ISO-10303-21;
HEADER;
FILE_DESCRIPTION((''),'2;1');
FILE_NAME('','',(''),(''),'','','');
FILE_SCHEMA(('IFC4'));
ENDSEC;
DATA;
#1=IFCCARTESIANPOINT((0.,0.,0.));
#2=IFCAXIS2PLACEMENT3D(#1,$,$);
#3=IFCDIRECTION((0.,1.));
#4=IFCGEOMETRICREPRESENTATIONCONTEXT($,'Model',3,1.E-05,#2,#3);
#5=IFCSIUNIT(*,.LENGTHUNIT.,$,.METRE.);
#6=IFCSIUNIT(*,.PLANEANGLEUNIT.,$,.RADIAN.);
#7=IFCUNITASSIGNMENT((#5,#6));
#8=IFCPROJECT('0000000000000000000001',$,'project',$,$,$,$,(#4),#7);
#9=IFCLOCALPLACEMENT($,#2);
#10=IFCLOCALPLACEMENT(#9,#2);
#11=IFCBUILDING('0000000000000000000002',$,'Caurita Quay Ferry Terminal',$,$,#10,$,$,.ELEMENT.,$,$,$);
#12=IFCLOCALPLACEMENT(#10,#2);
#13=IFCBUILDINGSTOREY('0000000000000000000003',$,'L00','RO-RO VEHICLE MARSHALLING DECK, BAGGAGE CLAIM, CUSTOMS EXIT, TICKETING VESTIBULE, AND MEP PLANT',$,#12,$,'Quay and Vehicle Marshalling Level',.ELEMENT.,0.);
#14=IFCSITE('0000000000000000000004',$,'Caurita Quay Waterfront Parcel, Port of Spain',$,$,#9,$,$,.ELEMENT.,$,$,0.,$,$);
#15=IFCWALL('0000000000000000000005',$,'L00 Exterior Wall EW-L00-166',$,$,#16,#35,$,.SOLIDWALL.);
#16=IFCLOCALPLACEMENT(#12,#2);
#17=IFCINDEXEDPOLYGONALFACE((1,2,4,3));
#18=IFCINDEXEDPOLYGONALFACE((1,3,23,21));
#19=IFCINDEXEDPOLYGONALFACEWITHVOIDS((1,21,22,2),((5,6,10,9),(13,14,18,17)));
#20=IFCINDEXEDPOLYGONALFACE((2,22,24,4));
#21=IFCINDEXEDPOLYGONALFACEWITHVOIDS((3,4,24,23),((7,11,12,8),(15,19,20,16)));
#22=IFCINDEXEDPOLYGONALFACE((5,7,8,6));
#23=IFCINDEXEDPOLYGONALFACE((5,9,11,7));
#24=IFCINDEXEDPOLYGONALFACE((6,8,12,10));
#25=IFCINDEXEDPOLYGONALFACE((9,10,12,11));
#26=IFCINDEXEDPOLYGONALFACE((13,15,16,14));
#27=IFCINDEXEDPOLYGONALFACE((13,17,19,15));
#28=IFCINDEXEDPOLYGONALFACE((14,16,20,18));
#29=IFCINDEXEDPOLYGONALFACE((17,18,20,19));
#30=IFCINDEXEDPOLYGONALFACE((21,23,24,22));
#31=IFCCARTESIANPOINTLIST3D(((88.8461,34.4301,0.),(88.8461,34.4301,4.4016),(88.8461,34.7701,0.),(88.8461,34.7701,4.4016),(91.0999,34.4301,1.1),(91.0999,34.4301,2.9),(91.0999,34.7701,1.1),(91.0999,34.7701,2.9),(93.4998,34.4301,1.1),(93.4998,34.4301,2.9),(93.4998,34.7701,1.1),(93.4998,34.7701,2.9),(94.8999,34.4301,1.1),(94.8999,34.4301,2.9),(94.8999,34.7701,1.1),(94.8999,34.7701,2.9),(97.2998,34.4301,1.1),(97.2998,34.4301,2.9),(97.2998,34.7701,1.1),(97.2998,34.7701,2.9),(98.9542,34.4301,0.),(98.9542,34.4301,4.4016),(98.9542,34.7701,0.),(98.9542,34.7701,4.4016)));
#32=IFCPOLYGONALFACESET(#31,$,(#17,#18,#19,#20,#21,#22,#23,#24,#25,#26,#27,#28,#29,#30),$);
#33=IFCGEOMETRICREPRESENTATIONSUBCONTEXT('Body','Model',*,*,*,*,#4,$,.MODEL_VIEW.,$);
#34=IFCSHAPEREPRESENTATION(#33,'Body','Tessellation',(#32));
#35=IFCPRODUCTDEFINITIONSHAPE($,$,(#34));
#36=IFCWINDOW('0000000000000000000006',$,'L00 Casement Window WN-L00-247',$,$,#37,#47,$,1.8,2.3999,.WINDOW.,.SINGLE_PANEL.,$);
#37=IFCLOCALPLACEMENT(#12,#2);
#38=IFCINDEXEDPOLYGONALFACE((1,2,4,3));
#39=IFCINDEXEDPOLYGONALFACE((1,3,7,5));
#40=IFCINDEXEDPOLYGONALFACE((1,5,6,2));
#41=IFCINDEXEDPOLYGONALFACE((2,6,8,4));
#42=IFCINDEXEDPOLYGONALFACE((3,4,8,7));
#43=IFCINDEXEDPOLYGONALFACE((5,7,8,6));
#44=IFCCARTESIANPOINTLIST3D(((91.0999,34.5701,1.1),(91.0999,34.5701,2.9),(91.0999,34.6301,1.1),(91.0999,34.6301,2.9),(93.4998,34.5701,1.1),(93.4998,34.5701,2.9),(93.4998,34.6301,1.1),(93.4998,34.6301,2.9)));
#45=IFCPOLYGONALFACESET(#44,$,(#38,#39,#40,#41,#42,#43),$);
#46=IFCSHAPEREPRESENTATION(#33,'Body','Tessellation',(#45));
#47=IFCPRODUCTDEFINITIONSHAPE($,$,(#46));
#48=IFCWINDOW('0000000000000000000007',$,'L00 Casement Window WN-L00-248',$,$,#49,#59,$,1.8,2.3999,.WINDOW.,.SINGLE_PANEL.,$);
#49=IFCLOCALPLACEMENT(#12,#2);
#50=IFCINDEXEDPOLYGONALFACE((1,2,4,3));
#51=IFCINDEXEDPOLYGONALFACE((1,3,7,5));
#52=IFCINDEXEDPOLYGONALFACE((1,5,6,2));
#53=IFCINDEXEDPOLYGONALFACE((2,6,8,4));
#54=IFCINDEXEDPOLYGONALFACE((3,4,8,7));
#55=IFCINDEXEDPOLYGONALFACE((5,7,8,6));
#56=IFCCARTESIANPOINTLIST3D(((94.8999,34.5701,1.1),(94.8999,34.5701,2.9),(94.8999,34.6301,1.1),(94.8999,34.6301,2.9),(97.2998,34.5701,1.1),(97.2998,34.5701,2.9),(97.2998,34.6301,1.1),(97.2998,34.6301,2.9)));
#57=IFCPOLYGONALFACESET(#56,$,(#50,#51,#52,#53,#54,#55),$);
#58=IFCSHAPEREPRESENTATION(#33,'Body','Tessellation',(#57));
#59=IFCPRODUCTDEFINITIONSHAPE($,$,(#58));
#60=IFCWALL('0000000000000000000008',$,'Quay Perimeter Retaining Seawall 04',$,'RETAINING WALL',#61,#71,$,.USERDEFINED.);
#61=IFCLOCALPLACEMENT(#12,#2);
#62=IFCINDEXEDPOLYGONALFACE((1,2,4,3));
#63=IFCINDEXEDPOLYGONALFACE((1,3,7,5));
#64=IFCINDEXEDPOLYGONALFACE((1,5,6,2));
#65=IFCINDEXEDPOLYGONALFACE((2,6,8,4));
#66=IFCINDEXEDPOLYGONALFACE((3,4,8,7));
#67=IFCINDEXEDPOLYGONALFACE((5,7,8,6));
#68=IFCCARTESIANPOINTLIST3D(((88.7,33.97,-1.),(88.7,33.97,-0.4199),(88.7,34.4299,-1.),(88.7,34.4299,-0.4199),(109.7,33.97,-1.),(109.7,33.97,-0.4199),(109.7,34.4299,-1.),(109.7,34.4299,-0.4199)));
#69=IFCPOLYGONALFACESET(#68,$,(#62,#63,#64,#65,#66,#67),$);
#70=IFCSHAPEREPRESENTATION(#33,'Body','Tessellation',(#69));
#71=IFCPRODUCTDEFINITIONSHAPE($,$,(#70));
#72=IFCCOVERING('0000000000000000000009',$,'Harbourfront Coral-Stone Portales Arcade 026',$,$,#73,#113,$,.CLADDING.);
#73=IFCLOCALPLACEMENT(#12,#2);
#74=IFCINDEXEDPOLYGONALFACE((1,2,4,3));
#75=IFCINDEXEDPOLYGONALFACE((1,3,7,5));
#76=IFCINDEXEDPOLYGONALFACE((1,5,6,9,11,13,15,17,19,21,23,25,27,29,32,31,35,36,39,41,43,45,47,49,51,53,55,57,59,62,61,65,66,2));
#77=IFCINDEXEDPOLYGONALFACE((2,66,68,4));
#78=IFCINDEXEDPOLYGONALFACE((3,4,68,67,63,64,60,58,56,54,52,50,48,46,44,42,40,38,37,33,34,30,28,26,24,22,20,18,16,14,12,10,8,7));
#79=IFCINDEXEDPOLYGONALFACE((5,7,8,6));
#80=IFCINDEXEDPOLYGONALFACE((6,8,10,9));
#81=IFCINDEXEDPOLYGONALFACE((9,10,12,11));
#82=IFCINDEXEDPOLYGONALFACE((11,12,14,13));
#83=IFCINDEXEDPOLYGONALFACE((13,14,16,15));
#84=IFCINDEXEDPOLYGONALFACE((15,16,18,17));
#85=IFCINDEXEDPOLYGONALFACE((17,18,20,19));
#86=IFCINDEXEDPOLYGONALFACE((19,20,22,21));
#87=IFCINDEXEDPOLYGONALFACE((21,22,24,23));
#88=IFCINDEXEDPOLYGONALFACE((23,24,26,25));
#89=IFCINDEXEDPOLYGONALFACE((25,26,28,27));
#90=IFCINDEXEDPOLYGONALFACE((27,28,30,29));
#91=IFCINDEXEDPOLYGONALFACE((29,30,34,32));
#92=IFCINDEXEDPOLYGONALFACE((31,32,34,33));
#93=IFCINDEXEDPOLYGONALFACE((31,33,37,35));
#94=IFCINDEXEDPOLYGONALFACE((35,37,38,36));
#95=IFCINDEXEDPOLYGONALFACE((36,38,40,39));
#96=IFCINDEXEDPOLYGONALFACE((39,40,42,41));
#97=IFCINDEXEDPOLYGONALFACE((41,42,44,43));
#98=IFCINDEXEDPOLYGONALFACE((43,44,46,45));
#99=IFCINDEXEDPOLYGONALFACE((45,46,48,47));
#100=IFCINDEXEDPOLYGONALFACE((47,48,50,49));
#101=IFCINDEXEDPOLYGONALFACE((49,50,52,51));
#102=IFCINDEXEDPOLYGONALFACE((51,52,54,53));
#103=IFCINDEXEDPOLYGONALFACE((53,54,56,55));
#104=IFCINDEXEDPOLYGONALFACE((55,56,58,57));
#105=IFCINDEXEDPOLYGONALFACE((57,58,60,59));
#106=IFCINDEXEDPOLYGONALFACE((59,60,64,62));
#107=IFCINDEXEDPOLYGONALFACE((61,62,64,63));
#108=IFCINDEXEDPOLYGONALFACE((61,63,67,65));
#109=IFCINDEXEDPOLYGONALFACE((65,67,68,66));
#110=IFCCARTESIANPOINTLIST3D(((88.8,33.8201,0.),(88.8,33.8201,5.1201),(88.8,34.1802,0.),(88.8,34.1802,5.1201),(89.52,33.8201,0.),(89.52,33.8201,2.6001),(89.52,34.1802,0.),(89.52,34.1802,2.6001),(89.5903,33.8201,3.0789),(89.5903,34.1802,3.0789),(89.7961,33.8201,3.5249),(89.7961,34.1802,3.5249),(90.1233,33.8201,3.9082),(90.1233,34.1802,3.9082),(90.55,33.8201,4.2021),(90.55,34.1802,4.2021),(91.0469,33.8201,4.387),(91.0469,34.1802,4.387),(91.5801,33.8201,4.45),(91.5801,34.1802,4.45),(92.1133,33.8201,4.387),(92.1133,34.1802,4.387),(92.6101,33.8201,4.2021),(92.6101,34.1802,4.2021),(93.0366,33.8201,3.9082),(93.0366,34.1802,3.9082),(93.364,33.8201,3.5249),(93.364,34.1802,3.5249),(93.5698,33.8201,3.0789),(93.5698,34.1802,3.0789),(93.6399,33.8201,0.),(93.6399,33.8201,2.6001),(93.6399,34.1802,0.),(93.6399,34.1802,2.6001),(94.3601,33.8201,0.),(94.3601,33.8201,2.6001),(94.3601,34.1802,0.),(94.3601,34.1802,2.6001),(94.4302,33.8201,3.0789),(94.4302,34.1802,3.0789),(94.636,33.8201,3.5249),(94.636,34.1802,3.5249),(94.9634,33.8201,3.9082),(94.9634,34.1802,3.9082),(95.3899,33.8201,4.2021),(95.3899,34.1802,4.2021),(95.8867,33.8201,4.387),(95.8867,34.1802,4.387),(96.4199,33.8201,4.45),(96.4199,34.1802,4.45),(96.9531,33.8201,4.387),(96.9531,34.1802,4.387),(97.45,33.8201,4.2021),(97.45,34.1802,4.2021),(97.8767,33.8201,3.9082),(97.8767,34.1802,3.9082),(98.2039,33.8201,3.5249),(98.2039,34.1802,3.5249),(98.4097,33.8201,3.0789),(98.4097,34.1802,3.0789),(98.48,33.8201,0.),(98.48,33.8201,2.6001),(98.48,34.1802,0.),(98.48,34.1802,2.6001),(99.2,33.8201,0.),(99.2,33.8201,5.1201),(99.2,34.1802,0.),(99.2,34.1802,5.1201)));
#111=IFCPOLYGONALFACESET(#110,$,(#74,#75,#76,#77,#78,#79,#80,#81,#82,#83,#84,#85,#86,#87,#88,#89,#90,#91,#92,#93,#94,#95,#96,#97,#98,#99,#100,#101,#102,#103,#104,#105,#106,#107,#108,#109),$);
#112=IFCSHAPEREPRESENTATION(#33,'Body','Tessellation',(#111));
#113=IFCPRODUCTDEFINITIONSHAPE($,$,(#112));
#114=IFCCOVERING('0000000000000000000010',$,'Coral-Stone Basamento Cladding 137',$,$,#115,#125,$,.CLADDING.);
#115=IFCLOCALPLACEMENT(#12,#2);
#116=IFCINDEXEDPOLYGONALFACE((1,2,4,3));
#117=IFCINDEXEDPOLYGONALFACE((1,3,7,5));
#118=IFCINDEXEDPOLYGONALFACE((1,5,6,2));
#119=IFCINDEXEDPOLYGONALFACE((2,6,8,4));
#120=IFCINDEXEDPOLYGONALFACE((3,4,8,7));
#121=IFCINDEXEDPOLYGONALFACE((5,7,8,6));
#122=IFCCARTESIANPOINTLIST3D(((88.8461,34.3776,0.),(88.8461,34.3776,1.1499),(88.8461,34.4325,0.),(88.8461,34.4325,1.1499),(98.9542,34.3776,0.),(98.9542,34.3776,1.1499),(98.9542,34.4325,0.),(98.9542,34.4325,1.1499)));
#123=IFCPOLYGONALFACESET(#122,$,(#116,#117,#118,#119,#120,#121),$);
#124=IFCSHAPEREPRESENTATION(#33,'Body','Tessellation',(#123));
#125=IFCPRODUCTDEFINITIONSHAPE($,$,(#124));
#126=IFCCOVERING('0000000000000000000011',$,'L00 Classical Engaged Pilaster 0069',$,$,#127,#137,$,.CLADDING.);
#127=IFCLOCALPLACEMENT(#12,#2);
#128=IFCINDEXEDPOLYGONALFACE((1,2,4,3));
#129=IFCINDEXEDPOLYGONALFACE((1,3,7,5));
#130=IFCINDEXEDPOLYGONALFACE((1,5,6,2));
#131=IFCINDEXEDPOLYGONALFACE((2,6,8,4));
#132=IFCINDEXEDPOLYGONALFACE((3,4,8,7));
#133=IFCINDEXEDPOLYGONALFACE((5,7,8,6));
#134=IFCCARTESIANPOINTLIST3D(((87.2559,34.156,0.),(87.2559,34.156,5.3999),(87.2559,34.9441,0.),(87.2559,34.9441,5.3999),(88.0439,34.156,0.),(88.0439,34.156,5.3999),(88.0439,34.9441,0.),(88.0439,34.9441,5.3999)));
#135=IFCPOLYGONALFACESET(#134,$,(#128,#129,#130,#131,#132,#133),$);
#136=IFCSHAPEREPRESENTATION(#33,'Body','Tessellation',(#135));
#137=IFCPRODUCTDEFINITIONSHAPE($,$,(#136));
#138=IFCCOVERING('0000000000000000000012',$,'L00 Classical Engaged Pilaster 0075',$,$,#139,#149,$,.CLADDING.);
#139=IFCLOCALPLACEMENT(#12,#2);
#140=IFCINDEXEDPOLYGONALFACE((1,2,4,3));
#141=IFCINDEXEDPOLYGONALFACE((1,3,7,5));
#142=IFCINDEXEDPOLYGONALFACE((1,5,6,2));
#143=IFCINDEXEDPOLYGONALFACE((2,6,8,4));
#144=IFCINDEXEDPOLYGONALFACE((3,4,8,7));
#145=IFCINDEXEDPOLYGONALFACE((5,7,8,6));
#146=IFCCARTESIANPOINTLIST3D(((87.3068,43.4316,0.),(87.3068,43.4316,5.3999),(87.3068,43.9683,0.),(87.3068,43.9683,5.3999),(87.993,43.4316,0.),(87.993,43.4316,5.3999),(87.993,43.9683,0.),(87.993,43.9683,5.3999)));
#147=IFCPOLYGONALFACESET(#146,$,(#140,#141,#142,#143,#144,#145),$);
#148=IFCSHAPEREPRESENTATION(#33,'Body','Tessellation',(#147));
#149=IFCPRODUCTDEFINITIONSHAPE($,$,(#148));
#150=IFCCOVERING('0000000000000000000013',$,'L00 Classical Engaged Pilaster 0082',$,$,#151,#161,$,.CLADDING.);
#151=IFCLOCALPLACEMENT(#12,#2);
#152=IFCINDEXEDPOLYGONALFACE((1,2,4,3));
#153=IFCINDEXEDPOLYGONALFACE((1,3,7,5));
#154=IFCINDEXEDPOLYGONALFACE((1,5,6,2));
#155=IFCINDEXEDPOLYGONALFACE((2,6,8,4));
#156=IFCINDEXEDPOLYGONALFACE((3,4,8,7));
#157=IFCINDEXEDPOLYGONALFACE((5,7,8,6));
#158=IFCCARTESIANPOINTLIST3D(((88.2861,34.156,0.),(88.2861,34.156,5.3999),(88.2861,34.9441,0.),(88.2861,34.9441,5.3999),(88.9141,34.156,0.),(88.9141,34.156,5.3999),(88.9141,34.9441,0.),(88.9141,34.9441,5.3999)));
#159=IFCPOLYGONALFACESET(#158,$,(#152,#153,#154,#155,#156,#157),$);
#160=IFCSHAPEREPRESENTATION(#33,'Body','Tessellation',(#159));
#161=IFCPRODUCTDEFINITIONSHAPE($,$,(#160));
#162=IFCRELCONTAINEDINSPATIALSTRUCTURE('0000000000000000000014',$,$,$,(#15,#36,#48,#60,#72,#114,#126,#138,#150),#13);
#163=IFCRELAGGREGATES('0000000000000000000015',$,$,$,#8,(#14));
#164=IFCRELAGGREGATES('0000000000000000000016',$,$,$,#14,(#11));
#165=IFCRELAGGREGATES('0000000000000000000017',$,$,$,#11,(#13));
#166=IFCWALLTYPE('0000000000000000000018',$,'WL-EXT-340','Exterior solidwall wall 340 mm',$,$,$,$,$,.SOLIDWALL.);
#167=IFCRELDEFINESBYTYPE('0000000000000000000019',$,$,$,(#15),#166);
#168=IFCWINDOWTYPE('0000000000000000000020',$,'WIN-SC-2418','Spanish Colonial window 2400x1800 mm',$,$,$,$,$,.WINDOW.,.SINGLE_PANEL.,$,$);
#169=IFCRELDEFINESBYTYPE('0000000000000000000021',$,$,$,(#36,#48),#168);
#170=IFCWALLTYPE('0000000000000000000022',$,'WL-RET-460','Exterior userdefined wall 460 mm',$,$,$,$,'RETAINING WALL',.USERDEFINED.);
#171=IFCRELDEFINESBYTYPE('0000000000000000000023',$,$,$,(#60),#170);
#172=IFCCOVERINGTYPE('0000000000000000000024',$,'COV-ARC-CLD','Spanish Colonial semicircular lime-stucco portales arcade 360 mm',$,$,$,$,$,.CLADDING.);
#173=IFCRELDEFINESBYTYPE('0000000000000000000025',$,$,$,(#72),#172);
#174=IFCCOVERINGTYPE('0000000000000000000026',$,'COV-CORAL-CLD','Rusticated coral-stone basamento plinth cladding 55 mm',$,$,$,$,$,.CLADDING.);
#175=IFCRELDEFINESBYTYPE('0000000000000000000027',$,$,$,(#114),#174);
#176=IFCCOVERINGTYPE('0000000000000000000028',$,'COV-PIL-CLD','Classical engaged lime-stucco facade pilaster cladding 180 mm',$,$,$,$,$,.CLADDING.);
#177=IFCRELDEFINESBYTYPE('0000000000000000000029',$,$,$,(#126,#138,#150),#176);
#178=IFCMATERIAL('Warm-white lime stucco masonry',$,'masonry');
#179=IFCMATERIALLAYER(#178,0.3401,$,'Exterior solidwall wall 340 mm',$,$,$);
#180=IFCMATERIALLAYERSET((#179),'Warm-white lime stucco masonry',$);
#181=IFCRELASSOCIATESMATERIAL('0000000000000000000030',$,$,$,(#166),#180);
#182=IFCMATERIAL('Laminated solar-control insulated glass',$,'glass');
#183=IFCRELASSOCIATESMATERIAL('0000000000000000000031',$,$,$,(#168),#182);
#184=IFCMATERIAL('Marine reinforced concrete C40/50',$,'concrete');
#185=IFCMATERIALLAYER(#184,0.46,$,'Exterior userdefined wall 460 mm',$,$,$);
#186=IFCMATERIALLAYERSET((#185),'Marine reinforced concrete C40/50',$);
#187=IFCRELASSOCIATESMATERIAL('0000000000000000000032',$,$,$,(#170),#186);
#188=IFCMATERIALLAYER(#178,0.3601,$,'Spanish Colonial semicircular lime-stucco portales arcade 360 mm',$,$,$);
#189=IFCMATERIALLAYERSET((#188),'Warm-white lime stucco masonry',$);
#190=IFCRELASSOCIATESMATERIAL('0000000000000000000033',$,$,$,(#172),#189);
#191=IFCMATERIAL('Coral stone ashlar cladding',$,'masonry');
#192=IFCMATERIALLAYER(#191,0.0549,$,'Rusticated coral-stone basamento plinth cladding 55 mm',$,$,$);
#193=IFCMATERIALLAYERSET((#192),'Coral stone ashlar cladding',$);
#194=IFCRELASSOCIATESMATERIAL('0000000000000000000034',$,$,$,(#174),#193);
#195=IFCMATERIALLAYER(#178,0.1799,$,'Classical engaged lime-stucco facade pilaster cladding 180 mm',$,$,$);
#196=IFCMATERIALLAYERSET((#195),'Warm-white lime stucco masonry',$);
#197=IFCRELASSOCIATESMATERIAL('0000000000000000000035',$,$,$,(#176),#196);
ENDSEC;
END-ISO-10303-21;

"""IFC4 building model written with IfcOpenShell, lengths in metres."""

from ifc_helpers import new_model, si_unit, direction, frame, frame_2d, origin, origin_2d, place, context, subcontext, project, spatial, polyline, rectangle, outline, extrude, material, layer, layer_set, type_object, element, fill, save


model = new_model("IFC4")

# Units and contexts
model_context = context("Model", 3, precision=1e-05, world=origin(), true_north=direction((0.0, 1.0)))
body_context = subcontext(model_context, "Body", "Model", "MODEL_VIEW")
ifc_project = project(units=[si_unit("LENGTHUNIT", "METRE"), si_unit("PLANEANGLEUNIT", "RADIAN")], contexts=[model_context])

# Site, building, storey
site_placement = place(None, origin())
site = spatial("IfcSite", under=ifc_project, at=site_placement, Name="Caurita Quay Waterfront Parcel, Port of Spain", CompositionType="ELEMENT", RefElevation=0.0)
building_placement = place(site_placement, origin())
building = spatial("IfcBuilding", under=site, at=building_placement, Name="Caurita Quay Ferry Terminal", CompositionType="ELEMENT")
storey_placement = place(building_placement, origin())
storey = spatial("IfcBuildingStorey", under=building, at=storey_placement, Name="L00", Description="RO-RO VEHICLE MARSHALLING DECK, BAGGAGE CLAIM, CUSTOMS EXIT, TICKETING VESTIBULE, AND MEP PLANT", LongName="Quay and Vehicle Marshalling Level", CompositionType="ELEMENT", Elevation=0.0)

# Shared definitions
ifc_material_1 = material(Name="Marine reinforced concrete C40/50", Category="concrete")

# Shared definitions
ifc_material_2 = material(Name="Warm-white lime stucco masonry", Category="masonry")
ifc_layer_1 = layer(ifc_material_2, 0.3401, Name="Exterior solidwall wall 340 mm")
ifc_layer_set_1 = layer_set([ifc_layer_1], Name="Warm-white lime stucco masonry")
wall_type_1 = type_object("IfcWallType", Name="WL-EXT-340", Description="Exterior solidwall wall 340 mm", PredefinedType="SOLIDWALL", material=ifc_layer_set_1)
ifc_material_3 = material(Name="Laminated solar-control insulated glass", Category="glass")

# Wall, openings, windows
wall_1_placement = place(storey_placement, frame((88.8459, 34.6001, 0.0), z_axis=(0.0, 0.0, 1.0), x_axis=(1.0, 0.0, 0.0)))
wall_1 = element("IfcWall", 1, at=wall_1_placement, inside=storey, type_object=wall_type_1, Name="L00 Exterior Wall EW-L00-166", PredefinedType="SOLIDWALL", context=body_context, shape_type="SweptSolid", body=[
    extrude(rectangle(XDim=10.1082, YDim=0.3401, at=frame_2d((5.0542, 0.0))), origin(), (0.0, 0.0, 1.0), 4.4016),
])
opening_1_placement = place(wall_1_placement, frame((2.2539, 0.0, 1.1001)))
opening_1 = element("IfcOpeningElement", 2, at=opening_1_placement, cuts=wall_1, PredefinedType="OPENING", context=body_context, shape_type="SweptSolid", body=[
    extrude(rectangle(XDim=2.3999, YDim=1.8, at=frame_2d((1.2, 0.8999))), frame((0.0, 0.1799, 0.0), z_axis=(0.0, -1.0, 0.0), x_axis=(1.0, 0.0, 0.0)), (0.0, 0.0, 1.0), 0.3601),
])
opening_2_placement = place(wall_1_placement, frame((6.054, 0.0, 1.1001)))
opening_2 = element("IfcOpeningElement", 3, at=opening_2_placement, cuts=wall_1, PredefinedType="OPENING", context=body_context, shape_type="SweptSolid", body=[
    extrude(rectangle(XDim=2.3999, YDim=1.8, at=frame_2d((1.2, 0.8999))), frame((0.0, 0.1799, 0.0), z_axis=(0.0, -1.0, 0.0), x_axis=(1.0, 0.0, 0.0)), (0.0, 0.0, 1.0), 0.3601),
])
window_type_1 = type_object("IfcWindowType", Name="WIN-SC-2418", Description="Spanish Colonial window 2400x1800 mm", PartitioningType="SINGLE_PANEL", PredefinedType="WINDOW", material=ifc_material_3)
window_1_placement = place(opening_1_placement, origin())
window_1 = element("IfcWindow", 4, at=window_1_placement, inside=storey, type_object=window_type_1, Name="L00 Casement Window WN-L00-247", OverallHeight=1.8, OverallWidth=2.3999, PartitioningType="SINGLE_PANEL", PredefinedType="WINDOW", context=body_context, shape_type="SweptSolid", body=[
    extrude(rectangle(XDim=2.3999, YDim=1.8, at=frame_2d((1.2, 0.8999))), frame((0.0, 0.03, 0.0), z_axis=(0.0, -1.0, 0.0), x_axis=(1.0, 0.0, 0.0)), (0.0, 0.0, 1.0), 0.0601),
])
fill(opening_1, window_1)
window_2_placement = place(opening_2_placement, origin())
window_2 = element("IfcWindow", 5, at=window_2_placement, inside=storey, type_object=window_type_1, Name="L00 Casement Window WN-L00-248", OverallHeight=1.8, OverallWidth=2.3999, PartitioningType="SINGLE_PANEL", PredefinedType="WINDOW", context=body_context, shape_type="SweptSolid", body=[
    extrude(rectangle(XDim=2.3999, YDim=1.8, at=frame_2d((1.2, 0.8999))), frame((0.0, 0.03, 0.0), z_axis=(0.0, -1.0, 0.0), x_axis=(1.0, 0.0, 0.0)), (0.0, 0.0, 1.0), 0.0601),
])
fill(opening_2, window_2)

# Wall
ifc_layer_2 = layer(ifc_material_1, 0.46, Name="Exterior userdefined wall 460 mm")
ifc_layer_set_2 = layer_set([ifc_layer_2], Name="Marine reinforced concrete C40/50")
wall_type_2 = type_object("IfcWallType", Name="WL-RET-460", Description="Exterior userdefined wall 460 mm", ElementType="RETAINING WALL", PredefinedType="USERDEFINED", material=ifc_layer_set_2)
wall_2_placement = place(storey_placement, frame((88.7, 34.2, -1.0), z_axis=(0.0, 0.0, 1.0), x_axis=(1.0, 0.0, 0.0)))
element("IfcWall", 6, at=wall_2_placement, inside=storey, type_object=wall_type_2, Name="Quay Perimeter Retaining Seawall 04", ObjectType="RETAINING WALL", PredefinedType="USERDEFINED", context=body_context, shape_type="SweptSolid", body=[
    extrude(rectangle(XDim=21.0, YDim=0.46, at=frame_2d((10.5, 0.0))), origin(), (0.0, 0.0, 1.0), 0.5801),
])

# Coverings
ifc_layer_3 = layer(ifc_material_2, 0.3601, Name="Spanish Colonial semicircular lime-stucco portales arcade 360 mm")
ifc_layer_set_3 = layer_set([ifc_layer_3], Name="Warm-white lime stucco masonry")
covering_type_1 = type_object("IfcCoveringType", Name="COV-ARC-CLD", Description="Spanish Colonial semicircular lime-stucco portales arcade 360 mm", PredefinedType="CLADDING", material=ifc_layer_set_3)
covering_1_placement = place(storey_placement, frame((88.8, 34.0, 0.0), z_axis=(0.0, 0.0, 1.0), x_axis=(1.0, 0.0, 0.0)))
element("IfcCovering", 7, at=covering_1_placement, inside=storey, type_object=covering_type_1, Name="Harbourfront Coral-Stone Portales Arcade 026", PredefinedType="CLADDING", context=body_context, shape_type="SweptSolid", body=[
    extrude(outline(polyline([(0.0, 0.0), (0.72, 0.0), (0.72, 2.6001), (0.7903, 3.0789), (0.9961, 3.5249), (1.3232, 3.9082), (1.75, 4.2021), (2.2468, 4.387), (2.78, 4.45), (3.3132, 4.387), (3.8101, 4.2021), (4.2366, 3.9082), (4.564, 3.5249), (4.7698, 3.0789), (4.8398, 2.6001), (4.8398, 0.0), (5.5601, 0.0), (5.5601, 2.6001), (5.6301, 3.0789), (5.8359, 3.5249), (6.1633, 3.9082), (6.5898, 4.2021), (7.0867, 4.387), (7.6199, 4.45), (8.1531, 4.387), (8.6499, 4.2021), (9.0767, 3.9082), (9.4038, 3.5249), (9.6096, 3.0789), (9.6799, 2.6001), (9.6799, 0.0), (10.3999, 0.0), (10.3999, 5.1201), (0.0, 5.1201), (0.0, 0.0)])), frame((0.0, 0.1802, 0.0), z_axis=(0.0, -1.0, 0.0), x_axis=(1.0, 0.0, 0.0)), (0.0, 0.0, 1.0), 0.3601),
])
ifc_material_4 = material(Name="Coral stone ashlar cladding", Category="masonry")
ifc_layer_4 = layer(ifc_material_4, 0.0549, Name="Rusticated coral-stone basamento plinth cladding 55 mm")
ifc_layer_set_4 = layer_set([ifc_layer_4], Name="Coral stone ashlar cladding")
covering_type_2 = type_object("IfcCoveringType", Name="COV-CORAL-CLD", Description="Rusticated coral-stone basamento plinth cladding 55 mm", PredefinedType="CLADDING", material=ifc_layer_set_4)
covering_2_placement = place(storey_placement, frame((88.8459, 34.405, 0.0), z_axis=(0.0, 0.0, 1.0), x_axis=(1.0, 0.0, 0.0)))
element("IfcCovering", 8, at=covering_2_placement, inside=storey, type_object=covering_type_2, Name="Coral-Stone Basamento Cladding 137", PredefinedType="CLADDING", context=body_context, shape_type="SweptSolid", body=[
    extrude(rectangle(XDim=10.1082, YDim=0.0549, at=frame_2d((5.0542, 0.0))), origin(), (0.0, 0.0, 1.0), 1.1499),
])
ifc_layer_5 = layer(ifc_material_2, 0.1799, Name="Classical engaged lime-stucco facade pilaster cladding 180 mm")
ifc_layer_set_5 = layer_set([ifc_layer_5], Name="Warm-white lime stucco masonry")
covering_type_3 = type_object("IfcCoveringType", Name="COV-PIL-CLD", Description="Classical engaged lime-stucco facade pilaster cladding 180 mm", PredefinedType="CLADDING", material=ifc_layer_set_5)
covering_3_placement = place(storey_placement, frame((87.6499, 34.55, 0.0), z_axis=(0.0, 0.0, 1.0), x_axis=(1.0, 0.0, 0.0)))
element("IfcCovering", 9, at=covering_3_placement, inside=storey, type_object=covering_type_3, Name="L00 Classical Engaged Pilaster 0069", PredefinedType="CLADDING", context=body_context, shape_type="SweptSolid", body=[
    extrude(rectangle(XDim=0.7881, YDim=0.7881, at=origin_2d()), origin(), (0.0, 0.0, 1.0), 5.3999),
])
covering_4_placement = place(storey_placement, frame((87.6499, 43.7, 0.0), z_axis=(0.0, 0.0, 1.0), x_axis=(1.0, 0.0, 0.0)))
element("IfcCovering", 10, at=covering_4_placement, inside=storey, type_object=covering_type_3, Name="L00 Classical Engaged Pilaster 0075", PredefinedType="CLADDING", context=body_context, shape_type="SweptSolid", body=[
    extrude(rectangle(XDim=0.6863, YDim=0.5366, at=origin_2d()), origin(), (0.0, 0.0, 1.0), 5.3999),
])
covering_5_placement = place(storey_placement, frame((88.6001, 34.55, 0.0), z_axis=(0.0, 0.0, 1.0), x_axis=(1.0, 0.0, 0.0)))
element("IfcCovering", 11, at=covering_5_placement, inside=storey, type_object=covering_type_3, Name="L00 Classical Engaged Pilaster 0082", PredefinedType="CLADDING", context=body_context, shape_type="SweptSolid", body=[
    extrude(rectangle(XDim=0.6279, YDim=0.7881, at=origin_2d()), origin(), (0.0, 0.0, 1.0), 5.3999),
])

save(model, "model.ifc")
